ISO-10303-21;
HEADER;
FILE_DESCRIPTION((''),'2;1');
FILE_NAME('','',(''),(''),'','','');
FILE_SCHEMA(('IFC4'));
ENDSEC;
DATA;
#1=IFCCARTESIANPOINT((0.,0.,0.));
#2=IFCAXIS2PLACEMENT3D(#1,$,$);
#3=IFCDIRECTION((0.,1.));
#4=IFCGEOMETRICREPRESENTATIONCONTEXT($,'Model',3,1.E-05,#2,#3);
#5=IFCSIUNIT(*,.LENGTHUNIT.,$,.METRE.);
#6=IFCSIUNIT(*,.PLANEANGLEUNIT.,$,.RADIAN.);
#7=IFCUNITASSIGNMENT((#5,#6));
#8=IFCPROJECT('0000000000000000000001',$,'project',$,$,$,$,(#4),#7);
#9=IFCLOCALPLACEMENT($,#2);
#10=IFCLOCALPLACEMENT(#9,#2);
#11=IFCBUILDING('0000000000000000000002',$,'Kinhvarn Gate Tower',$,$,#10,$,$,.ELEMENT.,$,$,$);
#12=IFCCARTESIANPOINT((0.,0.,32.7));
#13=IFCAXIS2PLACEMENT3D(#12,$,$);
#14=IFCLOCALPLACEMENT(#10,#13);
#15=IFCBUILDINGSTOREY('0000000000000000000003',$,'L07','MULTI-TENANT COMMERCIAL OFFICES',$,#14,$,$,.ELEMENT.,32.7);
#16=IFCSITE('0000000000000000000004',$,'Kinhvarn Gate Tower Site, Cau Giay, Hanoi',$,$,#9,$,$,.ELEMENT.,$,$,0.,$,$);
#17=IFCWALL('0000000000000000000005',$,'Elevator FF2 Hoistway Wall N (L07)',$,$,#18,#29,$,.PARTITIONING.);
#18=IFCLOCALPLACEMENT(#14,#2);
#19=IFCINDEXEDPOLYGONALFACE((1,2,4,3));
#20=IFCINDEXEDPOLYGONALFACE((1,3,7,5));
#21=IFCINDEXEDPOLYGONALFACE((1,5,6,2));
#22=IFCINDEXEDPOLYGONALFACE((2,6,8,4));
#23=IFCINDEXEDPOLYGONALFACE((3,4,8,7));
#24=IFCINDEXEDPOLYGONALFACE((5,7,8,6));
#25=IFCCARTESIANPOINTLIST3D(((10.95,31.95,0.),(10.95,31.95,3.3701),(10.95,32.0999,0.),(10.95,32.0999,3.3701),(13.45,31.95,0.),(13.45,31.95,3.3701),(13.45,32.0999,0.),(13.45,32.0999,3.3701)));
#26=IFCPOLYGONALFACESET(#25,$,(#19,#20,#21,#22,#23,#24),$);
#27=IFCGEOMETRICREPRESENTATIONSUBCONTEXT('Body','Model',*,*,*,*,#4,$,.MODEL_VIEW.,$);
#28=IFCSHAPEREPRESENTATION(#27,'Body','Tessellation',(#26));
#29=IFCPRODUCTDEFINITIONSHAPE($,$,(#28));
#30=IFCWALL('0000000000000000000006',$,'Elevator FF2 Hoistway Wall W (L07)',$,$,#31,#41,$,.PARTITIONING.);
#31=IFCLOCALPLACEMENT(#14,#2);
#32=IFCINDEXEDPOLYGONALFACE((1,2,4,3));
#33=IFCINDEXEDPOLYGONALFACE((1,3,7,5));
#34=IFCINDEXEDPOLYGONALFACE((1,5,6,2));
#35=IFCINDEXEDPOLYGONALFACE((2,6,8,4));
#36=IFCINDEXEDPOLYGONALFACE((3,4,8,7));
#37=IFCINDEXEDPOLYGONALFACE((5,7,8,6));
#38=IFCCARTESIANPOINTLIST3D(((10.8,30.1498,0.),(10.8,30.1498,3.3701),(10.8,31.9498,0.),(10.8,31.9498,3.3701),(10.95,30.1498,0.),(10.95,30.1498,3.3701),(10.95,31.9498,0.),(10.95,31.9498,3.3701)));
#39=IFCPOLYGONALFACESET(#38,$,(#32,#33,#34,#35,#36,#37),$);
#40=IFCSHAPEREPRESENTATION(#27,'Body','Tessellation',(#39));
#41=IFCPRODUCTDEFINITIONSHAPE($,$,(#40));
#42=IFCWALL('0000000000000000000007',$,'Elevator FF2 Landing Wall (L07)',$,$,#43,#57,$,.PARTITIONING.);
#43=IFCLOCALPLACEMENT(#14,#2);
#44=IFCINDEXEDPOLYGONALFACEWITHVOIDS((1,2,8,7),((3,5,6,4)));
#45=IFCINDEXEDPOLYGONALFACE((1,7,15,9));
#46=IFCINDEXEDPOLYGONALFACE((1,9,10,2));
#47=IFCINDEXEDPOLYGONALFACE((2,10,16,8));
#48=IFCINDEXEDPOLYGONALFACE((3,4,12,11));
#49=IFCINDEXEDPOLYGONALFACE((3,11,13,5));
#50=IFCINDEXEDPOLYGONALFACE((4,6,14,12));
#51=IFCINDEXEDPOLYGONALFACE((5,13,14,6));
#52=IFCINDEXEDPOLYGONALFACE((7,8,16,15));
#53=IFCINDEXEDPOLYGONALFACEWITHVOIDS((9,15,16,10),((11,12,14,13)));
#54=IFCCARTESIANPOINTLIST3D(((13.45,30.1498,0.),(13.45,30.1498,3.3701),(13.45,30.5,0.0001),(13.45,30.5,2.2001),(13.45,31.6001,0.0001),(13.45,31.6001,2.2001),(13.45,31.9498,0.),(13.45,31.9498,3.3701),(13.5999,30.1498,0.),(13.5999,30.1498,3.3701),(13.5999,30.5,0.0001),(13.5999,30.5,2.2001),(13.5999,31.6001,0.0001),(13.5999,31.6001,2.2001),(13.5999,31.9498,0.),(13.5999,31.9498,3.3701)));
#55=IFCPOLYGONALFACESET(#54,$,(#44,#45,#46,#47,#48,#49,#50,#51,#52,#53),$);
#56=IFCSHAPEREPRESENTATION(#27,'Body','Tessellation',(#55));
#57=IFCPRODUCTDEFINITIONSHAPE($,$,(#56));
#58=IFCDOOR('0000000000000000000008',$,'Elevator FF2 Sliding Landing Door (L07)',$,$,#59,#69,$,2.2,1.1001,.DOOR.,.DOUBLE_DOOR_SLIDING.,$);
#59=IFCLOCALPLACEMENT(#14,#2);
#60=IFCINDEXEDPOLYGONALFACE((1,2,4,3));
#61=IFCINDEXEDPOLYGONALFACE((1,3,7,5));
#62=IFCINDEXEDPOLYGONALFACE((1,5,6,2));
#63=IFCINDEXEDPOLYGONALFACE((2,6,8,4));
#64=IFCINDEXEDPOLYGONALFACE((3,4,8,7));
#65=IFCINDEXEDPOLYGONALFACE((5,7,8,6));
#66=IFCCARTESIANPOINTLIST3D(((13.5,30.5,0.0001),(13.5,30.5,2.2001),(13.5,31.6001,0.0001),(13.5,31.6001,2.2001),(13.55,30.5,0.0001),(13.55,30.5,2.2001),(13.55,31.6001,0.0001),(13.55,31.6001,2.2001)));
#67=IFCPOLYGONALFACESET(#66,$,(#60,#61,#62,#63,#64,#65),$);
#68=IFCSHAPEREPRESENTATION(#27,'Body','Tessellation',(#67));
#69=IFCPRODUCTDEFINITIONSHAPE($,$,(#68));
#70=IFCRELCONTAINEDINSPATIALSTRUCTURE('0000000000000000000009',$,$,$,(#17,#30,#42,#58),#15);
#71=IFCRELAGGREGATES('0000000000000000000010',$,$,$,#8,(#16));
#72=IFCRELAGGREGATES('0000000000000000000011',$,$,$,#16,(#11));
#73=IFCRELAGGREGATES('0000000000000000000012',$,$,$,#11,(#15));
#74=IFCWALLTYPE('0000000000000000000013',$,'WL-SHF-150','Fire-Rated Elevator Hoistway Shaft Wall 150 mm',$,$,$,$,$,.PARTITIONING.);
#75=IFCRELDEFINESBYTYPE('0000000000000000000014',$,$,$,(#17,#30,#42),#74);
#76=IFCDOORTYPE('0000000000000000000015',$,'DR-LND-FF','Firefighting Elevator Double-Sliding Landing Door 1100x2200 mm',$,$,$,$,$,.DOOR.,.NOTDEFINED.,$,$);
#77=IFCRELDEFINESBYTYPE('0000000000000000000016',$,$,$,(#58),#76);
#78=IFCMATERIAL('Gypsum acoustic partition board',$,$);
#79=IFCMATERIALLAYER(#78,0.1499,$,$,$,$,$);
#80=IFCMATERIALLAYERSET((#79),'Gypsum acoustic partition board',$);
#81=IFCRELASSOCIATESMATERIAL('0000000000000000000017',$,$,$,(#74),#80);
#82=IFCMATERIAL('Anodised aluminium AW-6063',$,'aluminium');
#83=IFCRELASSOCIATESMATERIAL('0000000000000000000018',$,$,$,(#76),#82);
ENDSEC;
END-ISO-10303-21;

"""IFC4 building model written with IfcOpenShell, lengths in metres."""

from ifc_helpers import new_model, si_unit, direction, frame, frame_2d, origin, place, context, subcontext, project, spatial, rectangle, extrude, material, layer, layer_set, type_object, element, fill, save


model = new_model("IFC4")

# Units and contexts
model_context = context("Model", 3, precision=1e-05, world=origin(), true_north=direction((0.0, 1.0)))
body_context = subcontext(model_context, "Body", "Model", "MODEL_VIEW")
ifc_project = project(units=[si_unit("LENGTHUNIT", "METRE"), si_unit("PLANEANGLEUNIT", "RADIAN")], contexts=[model_context])

# Site, building, storey
site_placement = place(None, origin())
site = spatial("IfcSite", under=ifc_project, at=site_placement, Name="Kinhvarn Gate Tower Site, Cau Giay, Hanoi", CompositionType="ELEMENT", RefElevation=0.0)
building_placement = place(site_placement, origin())
building = spatial("IfcBuilding", under=site, at=building_placement, Name="Kinhvarn Gate Tower", CompositionType="ELEMENT")
storey_placement = place(building_placement, frame((0.0, 0.0, 32.7)))
storey = spatial("IfcBuildingStorey", under=building, at=storey_placement, Name="L07", Description="MULTI-TENANT COMMERCIAL OFFICES", CompositionType="ELEMENT", Elevation=32.7)

# Shared definitions
ifc_material_1 = material(Name="Gypsum acoustic partition board")
ifc_material_2 = material(Name="Anodised aluminium AW-6063", Category="aluminium")

# Shared definitions
ifc_layer_1 = layer(ifc_material_1, 0.1499)
ifc_layer_set_1 = layer_set([ifc_layer_1], Name="Gypsum acoustic partition board")
wall_type_1 = type_object("IfcWallType", Name="WL-SHF-150", Description="Fire-Rated Elevator Hoistway Shaft Wall 150 mm", PredefinedType="PARTITIONING", material=ifc_layer_set_1)

# Walls
wall_1_placement = place(storey_placement, frame((10.95, 32.0249, 0.0), z_axis=(0.0, 0.0, 1.0), x_axis=(1.0, 0.0, 0.0)))
element("IfcWall", 1, at=wall_1_placement, inside=storey, type_object=wall_type_1, Name="Elevator FF2 Hoistway Wall N (L07)", PredefinedType="PARTITIONING", context=body_context, shape_type="SweptSolid", body=[
    extrude(rectangle(XDim=2.5, YDim=0.1499, at=frame_2d((1.25, 0.0))), origin(), (0.0, 0.0, 1.0), 3.3701),
])
wall_2_placement = place(storey_placement, frame((10.875, 30.1499, 0.0), z_axis=(0.0, 0.0, 1.0), x_axis=(0.0, 1.0, 0.0)))
element("IfcWall", 2, at=wall_2_placement, inside=storey, type_object=wall_type_1, Name="Elevator FF2 Hoistway Wall W (L07)", PredefinedType="PARTITIONING", context=body_context, shape_type="SweptSolid", body=[
    extrude(rectangle(XDim=1.8, YDim=0.1499, at=frame_2d((0.8999, 0.0))), origin(), (0.0, 0.0, 1.0), 3.3701),
])

# Wall, opening, door
wall_3_placement = place(storey_placement, frame((13.5249, 30.1499, 0.0), z_axis=(0.0, 0.0, 1.0), x_axis=(0.0, 1.0, 0.0)))
wall_3 = element("IfcWall", 3, at=wall_3_placement, inside=storey, type_object=wall_type_1, Name="Elevator FF2 Landing Wall (L07)", PredefinedType="PARTITIONING", context=body_context, shape_type="SweptSolid", body=[
    extrude(rectangle(XDim=1.8, YDim=0.1499, at=frame_2d((0.8999, 0.0))), origin(), (0.0, 0.0, 1.0), 3.3701),
])
opening_1_placement = place(wall_3_placement, frame((0.3501, 0.0, 0.0)))
opening_1 = element("IfcOpeningElement", 4, at=opening_1_placement, cuts=wall_3, PredefinedType="OPENING", context=body_context, shape_type="SweptSolid", body=[
    extrude(rectangle(XDim=1.1001, YDim=2.2, at=frame_2d((0.55, 1.1001))), frame((0.0, 0.085, 0.0), z_axis=(0.0, -1.0, 0.0), x_axis=(1.0, 0.0, 0.0)), (0.0, 0.0, 1.0), 0.1699),
])
door_type_1 = type_object("IfcDoorType", Name="DR-LND-FF", Description="Firefighting Elevator Double-Sliding Landing Door 1100x2200 mm", OperationType="NOTDEFINED", PredefinedType="DOOR", material=ifc_material_2)
door_1_placement = place(opening_1_placement, origin())
door_1 = element("IfcDoor", 5, at=door_1_placement, inside=storey, type_object=door_type_1, Name="Elevator FF2 Sliding Landing Door (L07)", OperationType="DOUBLE_DOOR_SLIDING", OverallHeight=2.2, OverallWidth=1.1001, PredefinedType="DOOR", context=body_context, shape_type="SweptSolid", body=[
    extrude(rectangle(XDim=1.1001, YDim=2.2, at=frame_2d((0.55, 1.1001))), frame((0.0, 0.0249, 0.0), z_axis=(0.0, -1.0, 0.0), x_axis=(1.0, 0.0, 0.0)), (0.0, 0.0, 1.0), 0.05),
])
fill(opening_1, door_1)

save(model, "model.ifc")
